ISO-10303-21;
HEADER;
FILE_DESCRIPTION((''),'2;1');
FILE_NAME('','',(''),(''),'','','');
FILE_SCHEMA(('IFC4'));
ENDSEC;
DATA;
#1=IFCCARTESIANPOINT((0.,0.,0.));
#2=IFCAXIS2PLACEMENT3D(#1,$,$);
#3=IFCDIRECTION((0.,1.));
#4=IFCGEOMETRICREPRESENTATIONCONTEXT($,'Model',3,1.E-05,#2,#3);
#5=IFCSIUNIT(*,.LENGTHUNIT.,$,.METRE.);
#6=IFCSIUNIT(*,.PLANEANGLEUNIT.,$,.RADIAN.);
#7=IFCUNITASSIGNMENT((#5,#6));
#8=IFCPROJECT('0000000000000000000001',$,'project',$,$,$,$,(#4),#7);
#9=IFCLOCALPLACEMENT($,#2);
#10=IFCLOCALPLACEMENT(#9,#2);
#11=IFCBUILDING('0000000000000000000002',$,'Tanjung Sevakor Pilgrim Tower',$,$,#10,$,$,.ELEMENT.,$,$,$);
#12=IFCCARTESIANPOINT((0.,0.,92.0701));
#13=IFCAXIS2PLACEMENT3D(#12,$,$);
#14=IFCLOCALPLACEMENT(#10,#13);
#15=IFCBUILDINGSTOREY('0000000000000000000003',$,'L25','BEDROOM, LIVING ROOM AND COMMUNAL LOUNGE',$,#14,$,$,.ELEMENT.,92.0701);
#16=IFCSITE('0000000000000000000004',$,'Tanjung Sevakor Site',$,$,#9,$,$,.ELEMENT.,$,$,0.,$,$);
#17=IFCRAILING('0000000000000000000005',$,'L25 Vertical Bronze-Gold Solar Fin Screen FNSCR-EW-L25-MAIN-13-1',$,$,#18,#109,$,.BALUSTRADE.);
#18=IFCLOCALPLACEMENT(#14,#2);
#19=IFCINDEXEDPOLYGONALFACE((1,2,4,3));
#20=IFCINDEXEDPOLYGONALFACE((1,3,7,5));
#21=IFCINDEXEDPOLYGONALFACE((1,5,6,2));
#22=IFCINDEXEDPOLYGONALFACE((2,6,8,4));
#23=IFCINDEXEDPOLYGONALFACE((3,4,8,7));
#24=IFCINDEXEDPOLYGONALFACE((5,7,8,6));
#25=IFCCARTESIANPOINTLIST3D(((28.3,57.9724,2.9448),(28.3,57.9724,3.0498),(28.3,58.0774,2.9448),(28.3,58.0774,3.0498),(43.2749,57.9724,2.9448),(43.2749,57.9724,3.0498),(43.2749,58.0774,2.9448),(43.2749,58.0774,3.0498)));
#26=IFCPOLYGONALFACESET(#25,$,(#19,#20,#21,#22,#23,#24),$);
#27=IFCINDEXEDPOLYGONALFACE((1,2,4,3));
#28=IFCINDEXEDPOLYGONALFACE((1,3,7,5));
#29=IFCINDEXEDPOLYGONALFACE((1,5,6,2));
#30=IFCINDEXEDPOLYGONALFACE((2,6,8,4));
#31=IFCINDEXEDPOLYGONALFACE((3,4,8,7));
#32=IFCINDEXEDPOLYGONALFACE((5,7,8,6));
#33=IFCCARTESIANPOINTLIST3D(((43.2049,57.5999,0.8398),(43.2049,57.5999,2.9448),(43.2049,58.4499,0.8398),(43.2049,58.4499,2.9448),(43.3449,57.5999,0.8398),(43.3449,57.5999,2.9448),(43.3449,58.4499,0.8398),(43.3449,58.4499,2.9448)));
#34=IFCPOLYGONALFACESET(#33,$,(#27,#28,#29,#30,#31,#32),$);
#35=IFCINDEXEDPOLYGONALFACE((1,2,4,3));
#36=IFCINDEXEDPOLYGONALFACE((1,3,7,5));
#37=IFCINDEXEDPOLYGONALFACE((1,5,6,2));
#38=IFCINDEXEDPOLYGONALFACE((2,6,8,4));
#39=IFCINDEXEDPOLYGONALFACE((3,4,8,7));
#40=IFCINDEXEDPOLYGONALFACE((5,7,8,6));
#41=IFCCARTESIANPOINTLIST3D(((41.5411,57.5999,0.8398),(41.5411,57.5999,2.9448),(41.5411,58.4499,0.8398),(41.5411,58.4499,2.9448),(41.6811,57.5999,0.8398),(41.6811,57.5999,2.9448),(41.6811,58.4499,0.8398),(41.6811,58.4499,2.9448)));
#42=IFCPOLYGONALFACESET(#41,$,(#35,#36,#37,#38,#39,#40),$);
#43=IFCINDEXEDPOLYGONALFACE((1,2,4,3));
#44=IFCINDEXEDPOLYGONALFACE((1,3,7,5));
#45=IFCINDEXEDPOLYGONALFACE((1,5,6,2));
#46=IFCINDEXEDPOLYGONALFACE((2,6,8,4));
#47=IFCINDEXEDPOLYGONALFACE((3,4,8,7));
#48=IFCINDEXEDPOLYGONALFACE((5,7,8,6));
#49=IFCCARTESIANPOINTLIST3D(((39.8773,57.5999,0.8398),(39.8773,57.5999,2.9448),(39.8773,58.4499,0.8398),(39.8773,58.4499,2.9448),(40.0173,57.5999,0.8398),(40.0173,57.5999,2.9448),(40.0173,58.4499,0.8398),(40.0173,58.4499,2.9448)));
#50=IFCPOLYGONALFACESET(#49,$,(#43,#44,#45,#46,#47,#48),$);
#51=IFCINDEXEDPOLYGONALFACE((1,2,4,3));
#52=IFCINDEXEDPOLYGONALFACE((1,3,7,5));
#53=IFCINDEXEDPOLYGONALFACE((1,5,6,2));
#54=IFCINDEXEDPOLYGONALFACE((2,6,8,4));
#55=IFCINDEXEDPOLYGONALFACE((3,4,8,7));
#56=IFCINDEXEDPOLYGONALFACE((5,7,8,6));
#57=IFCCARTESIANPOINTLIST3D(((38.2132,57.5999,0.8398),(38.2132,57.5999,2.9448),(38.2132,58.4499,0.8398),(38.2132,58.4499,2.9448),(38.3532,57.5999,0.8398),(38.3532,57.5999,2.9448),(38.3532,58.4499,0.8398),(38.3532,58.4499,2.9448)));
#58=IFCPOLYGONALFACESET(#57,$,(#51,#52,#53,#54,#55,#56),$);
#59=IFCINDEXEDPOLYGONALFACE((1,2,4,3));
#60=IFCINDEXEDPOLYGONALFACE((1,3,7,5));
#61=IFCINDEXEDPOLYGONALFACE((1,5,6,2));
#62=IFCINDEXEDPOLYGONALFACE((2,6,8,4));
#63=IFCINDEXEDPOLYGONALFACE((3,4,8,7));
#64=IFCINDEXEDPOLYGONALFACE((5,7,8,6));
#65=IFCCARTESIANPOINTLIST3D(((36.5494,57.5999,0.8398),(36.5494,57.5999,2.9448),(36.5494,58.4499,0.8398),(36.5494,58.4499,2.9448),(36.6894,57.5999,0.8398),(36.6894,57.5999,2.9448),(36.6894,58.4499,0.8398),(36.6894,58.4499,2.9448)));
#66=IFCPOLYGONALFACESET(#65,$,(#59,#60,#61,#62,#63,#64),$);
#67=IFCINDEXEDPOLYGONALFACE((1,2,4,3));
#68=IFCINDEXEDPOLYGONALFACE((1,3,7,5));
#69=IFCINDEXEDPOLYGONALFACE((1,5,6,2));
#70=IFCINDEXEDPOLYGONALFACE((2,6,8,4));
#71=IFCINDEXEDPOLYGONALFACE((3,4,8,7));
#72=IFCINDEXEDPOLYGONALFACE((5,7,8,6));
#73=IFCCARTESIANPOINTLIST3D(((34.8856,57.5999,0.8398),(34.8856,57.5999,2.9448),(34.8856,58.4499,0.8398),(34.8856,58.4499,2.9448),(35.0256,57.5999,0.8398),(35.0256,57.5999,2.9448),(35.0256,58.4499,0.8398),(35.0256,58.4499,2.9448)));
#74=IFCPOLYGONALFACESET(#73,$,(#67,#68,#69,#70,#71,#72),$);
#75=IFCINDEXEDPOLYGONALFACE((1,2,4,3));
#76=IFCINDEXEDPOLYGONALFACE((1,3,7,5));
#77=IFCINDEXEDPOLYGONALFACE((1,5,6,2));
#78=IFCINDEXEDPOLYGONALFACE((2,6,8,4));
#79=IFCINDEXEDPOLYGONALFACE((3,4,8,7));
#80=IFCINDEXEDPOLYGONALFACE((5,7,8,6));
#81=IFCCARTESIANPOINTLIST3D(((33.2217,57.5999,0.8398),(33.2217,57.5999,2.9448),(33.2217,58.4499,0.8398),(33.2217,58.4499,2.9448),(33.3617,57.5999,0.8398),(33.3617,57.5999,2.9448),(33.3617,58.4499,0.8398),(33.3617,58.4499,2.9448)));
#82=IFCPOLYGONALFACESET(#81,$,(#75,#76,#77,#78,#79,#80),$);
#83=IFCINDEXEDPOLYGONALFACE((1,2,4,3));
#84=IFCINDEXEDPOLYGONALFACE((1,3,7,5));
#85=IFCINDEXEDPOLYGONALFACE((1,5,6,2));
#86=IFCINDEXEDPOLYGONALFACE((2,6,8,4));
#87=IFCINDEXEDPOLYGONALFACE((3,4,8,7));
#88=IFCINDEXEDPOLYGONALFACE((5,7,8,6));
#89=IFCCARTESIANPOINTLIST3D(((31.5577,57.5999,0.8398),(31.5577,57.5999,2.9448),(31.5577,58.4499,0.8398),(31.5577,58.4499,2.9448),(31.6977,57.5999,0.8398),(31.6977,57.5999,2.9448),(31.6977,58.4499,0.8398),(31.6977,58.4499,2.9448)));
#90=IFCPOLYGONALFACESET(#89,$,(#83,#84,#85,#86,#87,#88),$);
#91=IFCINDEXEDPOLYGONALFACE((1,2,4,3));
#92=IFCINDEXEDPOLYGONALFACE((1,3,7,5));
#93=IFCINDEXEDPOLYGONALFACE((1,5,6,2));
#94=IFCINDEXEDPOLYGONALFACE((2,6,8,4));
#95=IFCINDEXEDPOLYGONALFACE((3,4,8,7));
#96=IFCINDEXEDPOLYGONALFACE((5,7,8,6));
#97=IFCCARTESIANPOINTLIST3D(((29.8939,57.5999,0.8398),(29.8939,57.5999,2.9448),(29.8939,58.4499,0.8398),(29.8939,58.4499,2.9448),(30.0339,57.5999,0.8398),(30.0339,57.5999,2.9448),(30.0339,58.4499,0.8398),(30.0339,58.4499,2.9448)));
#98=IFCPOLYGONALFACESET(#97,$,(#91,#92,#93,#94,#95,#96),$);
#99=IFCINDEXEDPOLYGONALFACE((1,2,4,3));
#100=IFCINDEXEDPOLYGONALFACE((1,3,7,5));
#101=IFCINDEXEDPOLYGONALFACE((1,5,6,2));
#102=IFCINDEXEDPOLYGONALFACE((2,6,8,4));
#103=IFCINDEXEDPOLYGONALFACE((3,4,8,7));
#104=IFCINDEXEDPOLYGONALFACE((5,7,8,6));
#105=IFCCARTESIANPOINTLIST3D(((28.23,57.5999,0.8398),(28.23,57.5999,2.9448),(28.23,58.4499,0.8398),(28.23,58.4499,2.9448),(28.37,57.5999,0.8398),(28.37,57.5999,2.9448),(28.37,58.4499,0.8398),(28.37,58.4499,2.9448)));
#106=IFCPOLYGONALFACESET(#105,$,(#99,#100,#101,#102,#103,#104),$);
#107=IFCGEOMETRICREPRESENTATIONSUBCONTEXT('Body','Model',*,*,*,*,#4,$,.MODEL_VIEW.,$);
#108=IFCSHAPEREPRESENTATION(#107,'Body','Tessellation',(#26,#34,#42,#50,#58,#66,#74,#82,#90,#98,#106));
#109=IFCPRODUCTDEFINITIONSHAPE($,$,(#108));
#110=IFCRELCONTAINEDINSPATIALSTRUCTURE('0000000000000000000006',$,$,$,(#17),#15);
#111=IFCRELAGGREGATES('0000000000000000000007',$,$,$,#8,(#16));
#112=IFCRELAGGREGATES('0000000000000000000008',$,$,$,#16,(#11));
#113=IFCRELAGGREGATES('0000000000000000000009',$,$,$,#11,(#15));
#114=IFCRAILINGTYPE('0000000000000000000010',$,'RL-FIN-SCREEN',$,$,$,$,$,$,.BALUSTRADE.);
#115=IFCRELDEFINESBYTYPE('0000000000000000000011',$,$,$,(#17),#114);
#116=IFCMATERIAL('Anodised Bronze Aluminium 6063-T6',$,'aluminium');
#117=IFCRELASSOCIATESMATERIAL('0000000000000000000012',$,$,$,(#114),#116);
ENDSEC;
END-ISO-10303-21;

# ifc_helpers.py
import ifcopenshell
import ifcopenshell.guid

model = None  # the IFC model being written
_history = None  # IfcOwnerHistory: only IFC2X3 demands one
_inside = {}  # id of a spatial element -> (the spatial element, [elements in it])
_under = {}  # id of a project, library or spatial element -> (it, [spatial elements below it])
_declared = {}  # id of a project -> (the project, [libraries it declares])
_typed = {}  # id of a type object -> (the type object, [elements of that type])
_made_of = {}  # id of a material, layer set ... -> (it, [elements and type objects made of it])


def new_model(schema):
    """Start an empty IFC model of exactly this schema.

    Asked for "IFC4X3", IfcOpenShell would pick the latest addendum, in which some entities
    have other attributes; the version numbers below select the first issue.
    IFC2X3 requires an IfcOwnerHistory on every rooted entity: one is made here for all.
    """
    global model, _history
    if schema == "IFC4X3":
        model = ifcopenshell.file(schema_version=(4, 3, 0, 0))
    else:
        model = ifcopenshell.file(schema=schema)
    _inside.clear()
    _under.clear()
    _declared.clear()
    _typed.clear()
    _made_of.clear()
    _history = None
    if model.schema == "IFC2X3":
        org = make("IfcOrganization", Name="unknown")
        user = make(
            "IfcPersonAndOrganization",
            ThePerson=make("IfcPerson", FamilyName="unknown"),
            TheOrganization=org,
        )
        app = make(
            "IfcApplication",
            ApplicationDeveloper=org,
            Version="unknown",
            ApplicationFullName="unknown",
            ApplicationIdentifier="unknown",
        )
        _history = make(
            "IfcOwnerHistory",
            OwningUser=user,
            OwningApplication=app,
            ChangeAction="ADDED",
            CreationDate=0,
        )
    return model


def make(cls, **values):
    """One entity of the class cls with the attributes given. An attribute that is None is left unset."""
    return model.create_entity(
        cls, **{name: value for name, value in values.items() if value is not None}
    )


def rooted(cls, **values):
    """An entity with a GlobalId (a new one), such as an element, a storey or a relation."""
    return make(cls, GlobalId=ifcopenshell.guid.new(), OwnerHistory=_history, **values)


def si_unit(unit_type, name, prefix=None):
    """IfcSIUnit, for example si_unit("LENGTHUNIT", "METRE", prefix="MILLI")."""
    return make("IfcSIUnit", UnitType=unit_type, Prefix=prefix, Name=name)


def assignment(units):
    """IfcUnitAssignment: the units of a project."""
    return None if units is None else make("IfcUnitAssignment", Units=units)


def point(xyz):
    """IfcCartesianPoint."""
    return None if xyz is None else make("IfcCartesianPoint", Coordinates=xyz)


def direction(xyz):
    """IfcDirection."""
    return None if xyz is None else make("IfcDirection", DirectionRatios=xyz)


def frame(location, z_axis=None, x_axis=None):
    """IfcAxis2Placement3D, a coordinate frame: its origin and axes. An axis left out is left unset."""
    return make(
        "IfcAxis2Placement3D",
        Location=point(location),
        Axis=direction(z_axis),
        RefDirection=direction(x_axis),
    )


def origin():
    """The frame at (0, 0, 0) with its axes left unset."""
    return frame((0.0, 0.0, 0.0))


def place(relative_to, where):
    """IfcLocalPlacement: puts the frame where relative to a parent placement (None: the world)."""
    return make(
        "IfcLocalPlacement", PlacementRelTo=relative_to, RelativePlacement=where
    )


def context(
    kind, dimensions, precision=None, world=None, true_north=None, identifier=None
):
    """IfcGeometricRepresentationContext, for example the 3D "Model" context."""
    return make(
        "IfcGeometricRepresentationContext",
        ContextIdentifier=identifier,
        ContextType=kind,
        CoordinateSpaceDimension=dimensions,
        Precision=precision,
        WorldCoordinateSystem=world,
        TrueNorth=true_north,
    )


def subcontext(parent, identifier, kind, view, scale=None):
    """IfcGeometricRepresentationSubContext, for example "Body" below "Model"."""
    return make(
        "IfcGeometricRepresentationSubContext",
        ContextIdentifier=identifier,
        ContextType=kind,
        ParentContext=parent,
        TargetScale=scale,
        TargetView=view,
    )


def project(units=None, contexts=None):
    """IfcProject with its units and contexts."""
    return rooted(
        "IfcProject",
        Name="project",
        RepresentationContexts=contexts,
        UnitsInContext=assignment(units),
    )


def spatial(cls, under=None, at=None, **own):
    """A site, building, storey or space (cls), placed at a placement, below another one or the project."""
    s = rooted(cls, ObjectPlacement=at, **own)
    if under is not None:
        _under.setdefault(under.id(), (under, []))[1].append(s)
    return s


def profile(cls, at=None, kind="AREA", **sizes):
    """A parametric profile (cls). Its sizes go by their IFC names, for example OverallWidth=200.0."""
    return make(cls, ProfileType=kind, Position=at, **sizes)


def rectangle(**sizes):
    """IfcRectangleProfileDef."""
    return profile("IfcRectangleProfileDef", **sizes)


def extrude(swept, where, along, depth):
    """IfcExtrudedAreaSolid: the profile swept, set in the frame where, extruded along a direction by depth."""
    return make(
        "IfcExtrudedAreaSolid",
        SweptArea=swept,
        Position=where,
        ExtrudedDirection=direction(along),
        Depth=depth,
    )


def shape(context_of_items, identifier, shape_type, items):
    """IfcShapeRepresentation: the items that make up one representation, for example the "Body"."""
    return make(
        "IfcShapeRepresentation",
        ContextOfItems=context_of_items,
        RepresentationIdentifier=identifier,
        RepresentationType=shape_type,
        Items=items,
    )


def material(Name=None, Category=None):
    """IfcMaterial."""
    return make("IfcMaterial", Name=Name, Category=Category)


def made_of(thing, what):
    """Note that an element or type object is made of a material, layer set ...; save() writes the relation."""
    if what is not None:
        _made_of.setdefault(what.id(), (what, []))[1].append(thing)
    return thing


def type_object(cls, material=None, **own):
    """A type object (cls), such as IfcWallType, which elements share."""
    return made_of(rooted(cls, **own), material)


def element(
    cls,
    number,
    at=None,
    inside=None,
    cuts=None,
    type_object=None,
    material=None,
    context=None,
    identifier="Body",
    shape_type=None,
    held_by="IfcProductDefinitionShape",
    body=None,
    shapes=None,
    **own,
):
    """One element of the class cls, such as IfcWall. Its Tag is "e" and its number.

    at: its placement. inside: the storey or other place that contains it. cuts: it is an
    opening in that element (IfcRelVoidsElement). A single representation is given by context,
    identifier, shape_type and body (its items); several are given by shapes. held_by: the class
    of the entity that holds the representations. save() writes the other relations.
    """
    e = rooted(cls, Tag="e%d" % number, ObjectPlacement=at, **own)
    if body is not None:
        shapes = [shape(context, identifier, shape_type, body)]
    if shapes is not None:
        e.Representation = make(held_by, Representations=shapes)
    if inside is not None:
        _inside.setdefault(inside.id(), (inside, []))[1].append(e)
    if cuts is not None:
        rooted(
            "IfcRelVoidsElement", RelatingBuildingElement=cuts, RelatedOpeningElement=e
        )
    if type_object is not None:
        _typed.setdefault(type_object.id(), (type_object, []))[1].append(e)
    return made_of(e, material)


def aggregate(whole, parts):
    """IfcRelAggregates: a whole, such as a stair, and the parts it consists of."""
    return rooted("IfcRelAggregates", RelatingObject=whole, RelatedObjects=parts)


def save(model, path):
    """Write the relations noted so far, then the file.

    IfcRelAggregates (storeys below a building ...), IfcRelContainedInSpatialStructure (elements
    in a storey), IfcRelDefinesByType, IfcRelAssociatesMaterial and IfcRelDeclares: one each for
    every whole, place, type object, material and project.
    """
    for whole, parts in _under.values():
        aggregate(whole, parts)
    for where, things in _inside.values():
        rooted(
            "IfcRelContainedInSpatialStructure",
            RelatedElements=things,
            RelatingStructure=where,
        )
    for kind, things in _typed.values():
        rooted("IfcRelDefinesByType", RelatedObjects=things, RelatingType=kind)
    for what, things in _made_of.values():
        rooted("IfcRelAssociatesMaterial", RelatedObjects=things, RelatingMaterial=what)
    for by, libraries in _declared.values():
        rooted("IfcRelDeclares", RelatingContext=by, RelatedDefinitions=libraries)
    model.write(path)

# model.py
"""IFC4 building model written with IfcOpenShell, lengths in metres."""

from ifc_helpers import new_model, si_unit, direction, frame, origin, place, context, subcontext, project, spatial, rectangle, extrude, material, type_object, element, save


model = new_model("IFC4")

# Units and contexts
model_context = context("Model", 3, precision=1e-05, world=origin(), true_north=direction((0.0, 1.0)))
body_context = subcontext(model_context, "Body", "Model", "MODEL_VIEW")
ifc_project = project(units=[si_unit("LENGTHUNIT", "METRE"), si_unit("PLANEANGLEUNIT", "RADIAN")], contexts=[model_context])

# Site, building, storey
site_placement = place(None, origin())
site = spatial("IfcSite", under=ifc_project, at=site_placement, Name="Tanjung Sevakor Site", CompositionType="ELEMENT", RefElevation=0.0)
building_placement = place(site_placement, origin())
building = spatial("IfcBuilding", under=site, at=building_placement, Name="Tanjung Sevakor Pilgrim Tower", CompositionType="ELEMENT")
storey_placement = place(building_placement, frame((0.0, 0.0, 92.0701)))
storey = spatial("IfcBuildingStorey", under=building, at=storey_placement, Name="L25", Description="BEDROOM, LIVING ROOM AND COMMUNAL LOUNGE", CompositionType="ELEMENT", Elevation=92.0701)

# Railing
ifc_material_1 = material(Name="Anodised Bronze Aluminium 6063-T6", Category="aluminium")
railing_type = type_object("IfcRailingType", Name="RL-FIN-SCREEN", PredefinedType="BALUSTRADE", material=ifc_material_1)
railing_placement = place(storey_placement, frame((43.2749, 58.0249, 0.8398)))
element("IfcRailing", 1, at=railing_placement, inside=storey, type_object=railing_type, Name="L25 Vertical Bronze-Gold Solar Fin Screen FNSCR-EW-L25-MAIN-13-1", PredefinedType="BALUSTRADE", context=body_context, shape_type="SweptSolid", body=[
    extrude(rectangle(XDim=0.105, YDim=0.105), frame((0.0, 0.0, 2.1575), z_axis=(-1.0, 0.0, 0.0), x_axis=(0.0, -1.0, 0.0)), (0.0, 0.0, 1.0), 14.9749),
    extrude(rectangle(XDim=0.14, YDim=0.85), origin(), (0.0, 0.0, 1.0), 2.105),
    extrude(rectangle(XDim=0.14, YDim=0.85), frame((-1.6638, 0.0, 0.0)), (0.0, 0.0, 1.0), 2.105),
    extrude(rectangle(XDim=0.14, YDim=0.85), frame((-3.3276, 0.0, 0.0)), (0.0, 0.0, 1.0), 2.105),
    extrude(rectangle(XDim=0.14, YDim=0.85), frame((-4.9917, 0.0, 0.0)), (0.0, 0.0, 1.0), 2.105),
    extrude(rectangle(XDim=0.14, YDim=0.85), frame((-6.6555, 0.0, 0.0)), (0.0, 0.0, 1.0), 2.105),
    extrude(rectangle(XDim=0.14, YDim=0.85), frame((-8.3193, 0.0, 0.0)), (0.0, 0.0, 1.0), 2.105),
    extrude(rectangle(XDim=0.14, YDim=0.85), frame((-9.9832, 0.0, 0.0)), (0.0, 0.0, 1.0), 2.105),
    extrude(rectangle(XDim=0.14, YDim=0.85), frame((-11.6472, 0.0, 0.0)), (0.0, 0.0, 1.0), 2.105),
    extrude(rectangle(XDim=0.14, YDim=0.85), frame((-13.311, 0.0, 0.0)), (0.0, 0.0, 1.0), 2.105),
    extrude(rectangle(XDim=0.14, YDim=0.85), frame((-14.9749, 0.0, 0.0)), (0.0, 0.0, 1.0), 2.105),
])

save(model, "model.ifc")
